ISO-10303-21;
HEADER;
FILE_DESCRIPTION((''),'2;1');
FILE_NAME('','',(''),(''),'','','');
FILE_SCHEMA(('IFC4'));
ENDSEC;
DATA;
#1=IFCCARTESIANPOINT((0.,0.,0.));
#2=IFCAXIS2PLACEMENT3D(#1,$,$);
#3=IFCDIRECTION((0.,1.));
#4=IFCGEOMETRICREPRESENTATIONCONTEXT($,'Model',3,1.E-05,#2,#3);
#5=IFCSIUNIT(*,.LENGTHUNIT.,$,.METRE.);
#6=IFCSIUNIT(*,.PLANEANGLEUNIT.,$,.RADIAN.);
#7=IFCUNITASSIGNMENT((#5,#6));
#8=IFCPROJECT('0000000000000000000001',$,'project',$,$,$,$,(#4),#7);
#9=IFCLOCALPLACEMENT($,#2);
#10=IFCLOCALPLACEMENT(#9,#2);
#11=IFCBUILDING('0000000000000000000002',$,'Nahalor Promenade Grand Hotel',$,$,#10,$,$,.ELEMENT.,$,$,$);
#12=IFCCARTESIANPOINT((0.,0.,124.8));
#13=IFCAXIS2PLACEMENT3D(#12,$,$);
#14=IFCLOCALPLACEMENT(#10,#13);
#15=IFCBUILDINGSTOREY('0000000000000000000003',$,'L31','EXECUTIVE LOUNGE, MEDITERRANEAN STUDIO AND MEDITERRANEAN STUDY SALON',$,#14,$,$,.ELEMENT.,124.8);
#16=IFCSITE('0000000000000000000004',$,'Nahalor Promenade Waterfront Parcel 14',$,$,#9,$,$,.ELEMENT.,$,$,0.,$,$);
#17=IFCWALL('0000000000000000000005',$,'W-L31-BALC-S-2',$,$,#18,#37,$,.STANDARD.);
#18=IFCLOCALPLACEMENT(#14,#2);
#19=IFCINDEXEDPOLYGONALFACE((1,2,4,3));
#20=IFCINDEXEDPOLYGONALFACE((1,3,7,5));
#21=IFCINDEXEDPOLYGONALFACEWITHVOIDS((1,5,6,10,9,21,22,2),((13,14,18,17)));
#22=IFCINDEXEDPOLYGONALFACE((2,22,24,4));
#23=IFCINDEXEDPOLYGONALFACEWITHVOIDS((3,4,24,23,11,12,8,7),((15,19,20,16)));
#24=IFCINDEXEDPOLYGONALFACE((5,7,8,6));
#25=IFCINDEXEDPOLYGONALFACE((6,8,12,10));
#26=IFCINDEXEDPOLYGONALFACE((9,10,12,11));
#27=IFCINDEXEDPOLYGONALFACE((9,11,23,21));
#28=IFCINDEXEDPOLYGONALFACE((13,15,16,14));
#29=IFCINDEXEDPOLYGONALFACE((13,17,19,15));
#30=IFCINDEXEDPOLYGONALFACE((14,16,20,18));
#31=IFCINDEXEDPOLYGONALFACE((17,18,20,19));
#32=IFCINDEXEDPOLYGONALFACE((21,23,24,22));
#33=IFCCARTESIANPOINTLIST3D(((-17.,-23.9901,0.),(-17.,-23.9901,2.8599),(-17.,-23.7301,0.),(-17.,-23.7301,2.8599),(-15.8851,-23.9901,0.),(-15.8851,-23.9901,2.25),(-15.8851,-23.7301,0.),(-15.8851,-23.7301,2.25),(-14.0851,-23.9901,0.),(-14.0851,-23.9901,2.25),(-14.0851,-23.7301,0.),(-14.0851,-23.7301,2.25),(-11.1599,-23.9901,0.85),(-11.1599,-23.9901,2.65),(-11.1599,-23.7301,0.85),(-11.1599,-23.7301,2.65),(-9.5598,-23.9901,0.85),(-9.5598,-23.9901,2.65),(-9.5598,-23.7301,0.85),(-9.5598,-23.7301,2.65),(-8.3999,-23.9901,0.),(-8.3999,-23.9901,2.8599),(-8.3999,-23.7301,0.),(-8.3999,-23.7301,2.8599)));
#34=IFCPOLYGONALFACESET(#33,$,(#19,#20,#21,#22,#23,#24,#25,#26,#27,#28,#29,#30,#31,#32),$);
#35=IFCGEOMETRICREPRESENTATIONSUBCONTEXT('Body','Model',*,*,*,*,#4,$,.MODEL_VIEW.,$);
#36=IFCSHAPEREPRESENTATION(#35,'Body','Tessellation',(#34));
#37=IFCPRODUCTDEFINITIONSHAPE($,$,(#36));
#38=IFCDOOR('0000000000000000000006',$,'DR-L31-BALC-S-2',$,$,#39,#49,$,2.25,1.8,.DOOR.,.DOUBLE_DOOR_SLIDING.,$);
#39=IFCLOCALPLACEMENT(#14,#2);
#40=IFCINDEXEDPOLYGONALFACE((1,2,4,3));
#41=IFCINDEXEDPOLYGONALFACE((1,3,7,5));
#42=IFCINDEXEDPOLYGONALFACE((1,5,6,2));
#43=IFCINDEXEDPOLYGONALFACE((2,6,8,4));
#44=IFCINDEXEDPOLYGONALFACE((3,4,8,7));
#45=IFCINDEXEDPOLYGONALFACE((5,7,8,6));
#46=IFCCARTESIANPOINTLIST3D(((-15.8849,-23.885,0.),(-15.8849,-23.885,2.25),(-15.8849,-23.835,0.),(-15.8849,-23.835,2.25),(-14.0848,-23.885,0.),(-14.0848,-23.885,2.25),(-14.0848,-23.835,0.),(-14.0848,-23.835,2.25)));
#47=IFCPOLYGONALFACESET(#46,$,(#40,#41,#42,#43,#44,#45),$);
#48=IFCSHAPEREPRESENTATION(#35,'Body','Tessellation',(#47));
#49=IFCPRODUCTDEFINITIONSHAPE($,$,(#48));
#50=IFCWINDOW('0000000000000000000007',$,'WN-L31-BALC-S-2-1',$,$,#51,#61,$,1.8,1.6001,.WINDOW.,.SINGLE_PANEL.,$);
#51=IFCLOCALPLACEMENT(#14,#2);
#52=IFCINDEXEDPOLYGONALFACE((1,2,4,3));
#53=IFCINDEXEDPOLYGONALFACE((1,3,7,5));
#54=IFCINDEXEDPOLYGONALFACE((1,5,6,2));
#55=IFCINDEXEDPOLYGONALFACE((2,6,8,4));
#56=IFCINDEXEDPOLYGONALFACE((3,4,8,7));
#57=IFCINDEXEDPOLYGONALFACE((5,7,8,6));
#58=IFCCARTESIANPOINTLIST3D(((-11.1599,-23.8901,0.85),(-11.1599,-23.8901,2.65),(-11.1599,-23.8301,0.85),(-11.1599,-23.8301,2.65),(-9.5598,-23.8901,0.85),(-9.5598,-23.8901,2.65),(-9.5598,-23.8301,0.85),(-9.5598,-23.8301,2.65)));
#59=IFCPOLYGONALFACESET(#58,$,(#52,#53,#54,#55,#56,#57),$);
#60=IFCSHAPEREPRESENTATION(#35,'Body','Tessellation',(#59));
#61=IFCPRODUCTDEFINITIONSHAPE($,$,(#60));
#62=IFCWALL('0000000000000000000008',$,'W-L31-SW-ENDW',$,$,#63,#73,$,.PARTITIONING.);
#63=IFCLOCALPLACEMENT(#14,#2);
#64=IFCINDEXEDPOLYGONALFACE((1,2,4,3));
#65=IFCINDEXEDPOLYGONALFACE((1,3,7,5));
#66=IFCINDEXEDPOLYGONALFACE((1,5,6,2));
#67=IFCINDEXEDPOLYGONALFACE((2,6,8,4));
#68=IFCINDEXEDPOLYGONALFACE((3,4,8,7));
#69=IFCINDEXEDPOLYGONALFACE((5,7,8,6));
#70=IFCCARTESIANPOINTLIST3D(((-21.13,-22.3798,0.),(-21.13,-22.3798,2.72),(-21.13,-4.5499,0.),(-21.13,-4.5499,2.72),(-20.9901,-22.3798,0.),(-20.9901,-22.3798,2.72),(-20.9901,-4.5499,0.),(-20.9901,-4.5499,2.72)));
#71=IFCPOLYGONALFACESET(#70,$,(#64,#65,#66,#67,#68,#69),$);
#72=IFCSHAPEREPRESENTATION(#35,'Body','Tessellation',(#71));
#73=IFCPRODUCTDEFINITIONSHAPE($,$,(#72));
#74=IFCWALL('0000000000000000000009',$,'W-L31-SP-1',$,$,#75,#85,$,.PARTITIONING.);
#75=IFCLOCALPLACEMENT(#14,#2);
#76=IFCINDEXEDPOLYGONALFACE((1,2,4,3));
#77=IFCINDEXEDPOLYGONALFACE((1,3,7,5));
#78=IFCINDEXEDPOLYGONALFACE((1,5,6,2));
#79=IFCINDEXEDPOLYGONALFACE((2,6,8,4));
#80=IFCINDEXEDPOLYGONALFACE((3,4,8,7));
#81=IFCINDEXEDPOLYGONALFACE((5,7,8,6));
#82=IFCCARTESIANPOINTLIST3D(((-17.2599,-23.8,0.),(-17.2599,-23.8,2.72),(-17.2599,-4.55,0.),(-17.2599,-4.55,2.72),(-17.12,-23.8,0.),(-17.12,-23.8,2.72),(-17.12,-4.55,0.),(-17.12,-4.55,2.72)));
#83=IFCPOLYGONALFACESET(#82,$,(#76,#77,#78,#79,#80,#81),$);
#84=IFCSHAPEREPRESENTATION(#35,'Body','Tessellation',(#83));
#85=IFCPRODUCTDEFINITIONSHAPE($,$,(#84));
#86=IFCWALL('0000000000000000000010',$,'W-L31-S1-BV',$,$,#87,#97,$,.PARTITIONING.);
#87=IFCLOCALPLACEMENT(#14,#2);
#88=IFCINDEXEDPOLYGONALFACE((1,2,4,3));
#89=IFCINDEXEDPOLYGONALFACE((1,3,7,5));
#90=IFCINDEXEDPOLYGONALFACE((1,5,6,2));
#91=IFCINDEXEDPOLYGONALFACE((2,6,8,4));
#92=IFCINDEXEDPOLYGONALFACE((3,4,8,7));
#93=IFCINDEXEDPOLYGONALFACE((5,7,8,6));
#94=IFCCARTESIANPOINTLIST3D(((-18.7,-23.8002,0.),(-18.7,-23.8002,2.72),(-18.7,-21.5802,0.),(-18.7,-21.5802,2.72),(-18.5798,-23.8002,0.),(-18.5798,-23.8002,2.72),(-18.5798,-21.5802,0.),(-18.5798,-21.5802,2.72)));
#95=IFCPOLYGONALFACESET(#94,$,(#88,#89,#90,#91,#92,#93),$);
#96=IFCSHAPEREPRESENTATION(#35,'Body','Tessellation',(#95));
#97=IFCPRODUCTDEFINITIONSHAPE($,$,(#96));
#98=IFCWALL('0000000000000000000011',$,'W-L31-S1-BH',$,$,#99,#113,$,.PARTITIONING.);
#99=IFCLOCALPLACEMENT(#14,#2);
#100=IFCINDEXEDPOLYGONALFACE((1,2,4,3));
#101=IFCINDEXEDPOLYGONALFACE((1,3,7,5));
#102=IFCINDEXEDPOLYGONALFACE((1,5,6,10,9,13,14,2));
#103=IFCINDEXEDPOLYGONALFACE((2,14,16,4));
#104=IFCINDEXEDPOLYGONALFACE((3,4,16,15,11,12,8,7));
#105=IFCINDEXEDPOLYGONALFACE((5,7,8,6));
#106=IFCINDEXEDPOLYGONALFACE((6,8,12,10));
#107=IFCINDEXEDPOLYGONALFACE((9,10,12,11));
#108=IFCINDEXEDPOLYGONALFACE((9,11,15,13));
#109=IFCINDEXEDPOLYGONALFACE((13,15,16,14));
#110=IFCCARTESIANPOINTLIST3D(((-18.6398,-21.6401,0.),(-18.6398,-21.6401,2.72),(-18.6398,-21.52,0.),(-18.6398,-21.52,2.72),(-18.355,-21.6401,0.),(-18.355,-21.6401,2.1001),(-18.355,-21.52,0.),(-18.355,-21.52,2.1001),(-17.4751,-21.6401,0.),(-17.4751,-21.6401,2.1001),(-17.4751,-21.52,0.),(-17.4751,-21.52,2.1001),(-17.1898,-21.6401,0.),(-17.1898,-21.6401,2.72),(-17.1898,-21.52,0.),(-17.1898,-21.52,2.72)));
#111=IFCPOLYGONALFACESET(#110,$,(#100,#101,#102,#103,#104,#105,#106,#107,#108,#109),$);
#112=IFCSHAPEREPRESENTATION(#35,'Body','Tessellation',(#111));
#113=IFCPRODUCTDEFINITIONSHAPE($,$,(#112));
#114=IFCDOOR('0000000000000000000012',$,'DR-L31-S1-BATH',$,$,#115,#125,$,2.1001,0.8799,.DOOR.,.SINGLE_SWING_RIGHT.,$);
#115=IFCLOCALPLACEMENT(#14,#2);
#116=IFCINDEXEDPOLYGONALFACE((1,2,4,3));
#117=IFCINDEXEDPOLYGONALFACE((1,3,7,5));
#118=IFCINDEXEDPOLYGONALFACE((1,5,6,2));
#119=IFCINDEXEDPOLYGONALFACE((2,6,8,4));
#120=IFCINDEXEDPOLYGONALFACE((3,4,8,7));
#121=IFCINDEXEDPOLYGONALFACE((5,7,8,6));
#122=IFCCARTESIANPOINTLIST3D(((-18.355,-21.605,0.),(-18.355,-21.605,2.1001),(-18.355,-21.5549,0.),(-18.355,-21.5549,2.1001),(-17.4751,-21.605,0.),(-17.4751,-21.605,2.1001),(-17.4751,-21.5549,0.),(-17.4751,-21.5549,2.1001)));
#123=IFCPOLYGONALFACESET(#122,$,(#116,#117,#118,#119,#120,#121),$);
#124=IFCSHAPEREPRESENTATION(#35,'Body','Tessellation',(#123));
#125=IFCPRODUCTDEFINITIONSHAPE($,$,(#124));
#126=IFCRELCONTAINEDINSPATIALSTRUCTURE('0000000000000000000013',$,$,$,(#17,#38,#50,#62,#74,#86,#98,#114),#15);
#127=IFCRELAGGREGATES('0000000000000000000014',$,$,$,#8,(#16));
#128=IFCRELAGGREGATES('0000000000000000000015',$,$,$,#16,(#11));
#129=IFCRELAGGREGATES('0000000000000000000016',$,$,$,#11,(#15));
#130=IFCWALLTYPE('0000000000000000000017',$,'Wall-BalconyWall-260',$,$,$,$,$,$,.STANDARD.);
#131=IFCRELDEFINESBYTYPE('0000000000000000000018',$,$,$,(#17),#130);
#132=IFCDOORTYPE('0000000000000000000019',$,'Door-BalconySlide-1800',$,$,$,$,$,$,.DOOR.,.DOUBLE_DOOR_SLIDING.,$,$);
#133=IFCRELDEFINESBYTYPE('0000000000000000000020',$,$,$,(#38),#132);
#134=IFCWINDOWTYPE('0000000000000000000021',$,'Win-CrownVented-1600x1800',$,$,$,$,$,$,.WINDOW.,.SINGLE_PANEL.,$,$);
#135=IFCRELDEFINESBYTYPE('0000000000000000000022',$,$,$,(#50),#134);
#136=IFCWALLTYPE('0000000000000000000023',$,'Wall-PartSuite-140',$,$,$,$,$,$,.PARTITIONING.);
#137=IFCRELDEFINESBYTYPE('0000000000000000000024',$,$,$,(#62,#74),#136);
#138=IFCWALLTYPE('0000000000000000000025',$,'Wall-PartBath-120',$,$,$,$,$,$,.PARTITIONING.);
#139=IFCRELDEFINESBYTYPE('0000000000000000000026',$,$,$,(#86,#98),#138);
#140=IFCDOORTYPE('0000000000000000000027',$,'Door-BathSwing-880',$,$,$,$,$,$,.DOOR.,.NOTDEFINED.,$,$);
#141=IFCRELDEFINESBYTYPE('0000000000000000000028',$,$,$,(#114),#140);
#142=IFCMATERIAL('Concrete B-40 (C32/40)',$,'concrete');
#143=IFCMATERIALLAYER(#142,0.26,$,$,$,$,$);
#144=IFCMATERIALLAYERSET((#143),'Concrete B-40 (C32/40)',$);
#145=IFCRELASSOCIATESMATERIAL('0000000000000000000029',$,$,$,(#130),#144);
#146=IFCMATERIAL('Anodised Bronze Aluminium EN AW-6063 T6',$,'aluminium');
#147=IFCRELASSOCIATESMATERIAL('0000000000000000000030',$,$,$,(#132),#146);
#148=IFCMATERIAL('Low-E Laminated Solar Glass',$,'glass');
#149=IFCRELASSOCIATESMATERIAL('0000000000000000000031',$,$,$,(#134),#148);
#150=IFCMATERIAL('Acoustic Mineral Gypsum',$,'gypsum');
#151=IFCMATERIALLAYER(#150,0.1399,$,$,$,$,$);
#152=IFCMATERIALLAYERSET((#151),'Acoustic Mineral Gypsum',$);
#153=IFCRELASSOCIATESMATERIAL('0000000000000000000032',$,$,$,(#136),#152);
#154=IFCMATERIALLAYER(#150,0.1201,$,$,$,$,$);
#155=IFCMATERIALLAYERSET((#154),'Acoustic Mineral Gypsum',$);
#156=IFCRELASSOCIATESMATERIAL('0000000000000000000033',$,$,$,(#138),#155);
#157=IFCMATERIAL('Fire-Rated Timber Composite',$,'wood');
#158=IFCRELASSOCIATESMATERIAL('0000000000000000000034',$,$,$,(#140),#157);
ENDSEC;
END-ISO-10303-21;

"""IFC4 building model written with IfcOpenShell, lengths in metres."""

from ifc_helpers import new_model, si_unit, direction, frame, frame_2d, origin, place, context, subcontext, project, spatial, rectangle, extrude, source, transform, mapped, material, layer, layer_set, type_object, element, fill, save


model = new_model("IFC4")

# Units and contexts
model_context = context("Model", 3, precision=1e-05, world=origin(), true_north=direction((0.0, 1.0)))
body_context = subcontext(model_context, "Body", "Model", "MODEL_VIEW")
ifc_project = project(units=[si_unit("LENGTHUNIT", "METRE"), si_unit("PLANEANGLEUNIT", "RADIAN")], contexts=[model_context])

# Site, building, storey
site_placement = place(None, origin())
site = spatial("IfcSite", under=ifc_project, at=site_placement, Name="Nahalor Promenade Waterfront Parcel 14", CompositionType="ELEMENT", RefElevation=0.0)
building_placement = place(site_placement, origin())
building = spatial("IfcBuilding", under=site, at=building_placement, Name="Nahalor Promenade Grand Hotel", CompositionType="ELEMENT")
storey_placement = place(building_placement, frame((0.0, 0.0, 124.8)))
storey = spatial("IfcBuildingStorey", under=building, at=storey_placement, Name="L31", Description="EXECUTIVE LOUNGE, MEDITERRANEAN STUDIO AND MEDITERRANEAN STUDY SALON", CompositionType="ELEMENT", Elevation=124.8)

# Shared definitions
ifc_material_1 = material(Name="Anodised Bronze Aluminium EN AW-6063 T6", Category="aluminium")

# Shared definitions
ifc_material_2 = material(Name="Low-E Laminated Solar Glass", Category="glass")

# Shared definitions
ifc_material_3 = material(Name="Concrete B-40 (C32/40)", Category="concrete")

# Wall, openings, door, window
ifc_layer_1 = layer(ifc_material_3, 0.26)
ifc_layer_set_1 = layer_set([ifc_layer_1], Name="Concrete B-40 (C32/40)")
wall_type_1 = type_object("IfcWallType", Name="Wall-BalconyWall-260", PredefinedType="STANDARD", material=ifc_layer_set_1)
shared_shape_1 = source(origin(), body_context, "Body", "SweptSolid", [
    extrude(rectangle(XDim=8.6001, YDim=0.26, at=frame_2d((4.3, 0.0))), origin(), (0.0, 0.0, 1.0), 2.8599),
])
wall_1_placement = place(storey_placement, frame((-17.0, -23.8601, 0.0), z_axis=(0.0, 0.0, 1.0), x_axis=(1.0, 0.0, 0.0)))
wall_1 = element("IfcWall", 1, at=wall_1_placement, inside=storey, type_object=wall_type_1, Name="W-L31-BALC-S-2", PredefinedType="STANDARD", context=body_context, shape_type="MappedRepresentation", body=[
    mapped(shared_shape_1, transform((0.0, 0.0, 0.0), scale=1.0)),
])
opening_1_placement = place(wall_1_placement, frame((1.115, 0.0, 0.0)))
opening_1 = element("IfcOpeningElement", 2, at=opening_1_placement, cuts=wall_1, PredefinedType="OPENING", context=body_context, shape_type="SweptSolid", body=[
    extrude(rectangle(XDim=1.8, YDim=2.25, at=frame_2d((0.8999, 1.125))), frame((0.0, 0.1399, 0.0), z_axis=(0.0, -1.0, 0.0), x_axis=(1.0, 0.0, 0.0)), (0.0, 0.0, 1.0), 0.28),
])
opening_2_placement = place(wall_1_placement, frame((5.8401, 0.0, 0.8501)))
opening_2 = element("IfcOpeningElement", 3, at=opening_2_placement, cuts=wall_1, PredefinedType="OPENING", context=body_context, shape_type="SweptSolid", body=[
    extrude(rectangle(XDim=1.6001, YDim=1.8, at=frame_2d((0.8, 0.8999))), frame((0.0, 0.1399, 0.0), z_axis=(0.0, -1.0, 0.0), x_axis=(1.0, 0.0, 0.0)), (0.0, 0.0, 1.0), 0.28),
])
door_type_1 = type_object("IfcDoorType", Name="Door-BalconySlide-1800", OperationType="DOUBLE_DOOR_SLIDING", PredefinedType="DOOR", material=ifc_material_1)
shared_shape_2 = source(origin(), body_context, "Body", "SweptSolid", [
    extrude(rectangle(XDim=1.8, YDim=2.25, at=frame_2d((0.8999, 1.125))), frame((0.0, 0.0249, 0.0), z_axis=(0.0, -1.0, 0.0), x_axis=(1.0, 0.0, 0.0)), (0.0, 0.0, 1.0), 0.05),
])
door_1_placement = place(opening_1_placement, frame((1.8, 0.0, 0.0), z_axis=(0.0, 0.0, 1.0), x_axis=(-1.0, 0.0, 0.0)))
door_1 = element("IfcDoor", 4, at=door_1_placement, inside=storey, type_object=door_type_1, Name="DR-L31-BALC-S-2", OperationType="DOUBLE_DOOR_SLIDING", OverallHeight=2.25, OverallWidth=1.8, PredefinedType="DOOR", context=body_context, shape_type="MappedRepresentation", body=[
    mapped(shared_shape_2, transform((0.0, 0.0, 0.0), scale=1.0)),
])
fill(opening_1, door_1)
window_type = type_object("IfcWindowType", Name="Win-CrownVented-1600x1800", PartitioningType="SINGLE_PANEL", PredefinedType="WINDOW", material=ifc_material_2)
shared_shape_3 = source(origin(), body_context, "Body", "SweptSolid", [
    extrude(rectangle(XDim=1.6001, YDim=1.8, at=frame_2d((0.8, 0.8999))), frame((0.0, 0.03, 0.0), z_axis=(0.0, -1.0, 0.0), x_axis=(1.0, 0.0, 0.0)), (0.0, 0.0, 1.0), 0.0601),
])
window_placement = place(opening_2_placement, origin())
window = element("IfcWindow", 5, at=window_placement, inside=storey, type_object=window_type, Name="WN-L31-BALC-S-2-1", OverallHeight=1.8, OverallWidth=1.6001, PartitioningType="SINGLE_PANEL", PredefinedType="WINDOW", context=body_context, shape_type="MappedRepresentation", body=[
    mapped(shared_shape_3, transform((0.0, 0.0, 0.0), scale=1.0)),
])
fill(opening_2, window)

# Walls
ifc_material_4 = material(Name="Acoustic Mineral Gypsum", Category="gypsum")
ifc_layer_2 = layer(ifc_material_4, 0.1399)
ifc_layer_set_2 = layer_set([ifc_layer_2], Name="Acoustic Mineral Gypsum")
wall_type_2 = type_object("IfcWallType", Name="Wall-PartSuite-140", PredefinedType="PARTITIONING", material=ifc_layer_set_2)
shared_shape_4 = source(origin(), body_context, "Body", "SweptSolid", [
    extrude(rectangle(XDim=17.8298, YDim=0.1399, at=frame_2d((8.915, 0.0))), origin(), (0.0, 0.0, 1.0), 2.72),
])
wall_2_placement = place(storey_placement, frame((-21.0601, -22.3799, 0.0), z_axis=(0.0, 0.0, 1.0), x_axis=(0.0, 1.0, 0.0)))
element("IfcWall", 6, at=wall_2_placement, inside=storey, type_object=wall_type_2, Name="W-L31-SW-ENDW", PredefinedType="PARTITIONING", context=body_context, shape_type="MappedRepresentation", body=[
    mapped(shared_shape_4, transform((0.0, 0.0, 0.0), scale=1.0)),
])
shared_shape_5 = source(origin(), body_context, "Body", "SweptSolid", [
    extrude(rectangle(XDim=19.25, YDim=0.1399, at=frame_2d((9.625, 0.0))), origin(), (0.0, 0.0, 1.0), 2.72),
])
wall_3_placement = place(storey_placement, frame((-17.1899, -23.8, 0.0), z_axis=(0.0, 0.0, 1.0), x_axis=(0.0, 1.0, 0.0)))
element("IfcWall", 7, at=wall_3_placement, inside=storey, type_object=wall_type_2, Name="W-L31-SP-1", PredefinedType="PARTITIONING", context=body_context, shape_type="MappedRepresentation", body=[
    mapped(shared_shape_5, transform((0.0, 0.0, 0.0), scale=1.0)),
])
ifc_layer_3 = layer(ifc_material_4, 0.1201)
ifc_layer_set_3 = layer_set([ifc_layer_3], Name="Acoustic Mineral Gypsum")
wall_type_3 = type_object("IfcWallType", Name="Wall-PartBath-120", PredefinedType="PARTITIONING", material=ifc_layer_set_3)
shared_shape_6 = source(origin(), body_context, "Body", "SweptSolid", [
    extrude(rectangle(XDim=2.22, YDim=0.1201, at=frame_2d((1.1099, 0.0))), origin(), (0.0, 0.0, 1.0), 2.72),
])
wall_4_placement = place(storey_placement, frame((-18.6399, -23.8, 0.0), z_axis=(0.0, 0.0, 1.0), x_axis=(0.0, 1.0, 0.0)))
element("IfcWall", 8, at=wall_4_placement, inside=storey, type_object=wall_type_3, Name="W-L31-S1-BV", PredefinedType="PARTITIONING", context=body_context, shape_type="MappedRepresentation", body=[
    mapped(shared_shape_6, transform((0.0, 0.0, 0.0), scale=1.0)),
])

# Wall, opening, door
shared_shape_7 = source(origin(), body_context, "Body", "SweptSolid", [
    extrude(rectangle(XDim=1.45, YDim=0.1201, at=frame_2d((0.7251, 0.0))), origin(), (0.0, 0.0, 1.0), 2.72),
])
wall_5_placement = place(storey_placement, frame((-18.6399, -21.5801, 0.0), z_axis=(0.0, 0.0, 1.0), x_axis=(1.0, 0.0, 0.0)))
wall_5 = element("IfcWall", 9, at=wall_5_placement, inside=storey, type_object=wall_type_3, Name="W-L31-S1-BH", PredefinedType="PARTITIONING", context=body_context, shape_type="MappedRepresentation", body=[
    mapped(shared_shape_7, transform((0.0, 0.0, 0.0), scale=1.0)),
])
opening_3_placement = place(wall_5_placement, frame((0.2849, 0.0, 0.0)))
opening_3 = element("IfcOpeningElement", 10, at=opening_3_placement, cuts=wall_5, PredefinedType="OPENING", context=body_context, shape_type="SweptSolid", body=[
    extrude(rectangle(XDim=0.8799, YDim=2.1001, at=frame_2d((0.4399, 1.05))), frame((0.0, 0.0701, 0.0), z_axis=(0.0, -1.0, 0.0), x_axis=(1.0, 0.0, 0.0)), (0.0, 0.0, 1.0), 0.1401),
])
ifc_material_5 = material(Name="Fire-Rated Timber Composite", Category="wood")
door_type_2 = type_object("IfcDoorType", Name="Door-BathSwing-880", OperationType="NOTDEFINED", PredefinedType="DOOR", material=ifc_material_5)
shared_shape_8 = source(origin(), body_context, "Body", "SweptSolid", [
    extrude(rectangle(XDim=0.8799, YDim=2.1001, at=frame_2d((0.4399, 1.05))), frame((0.0, 0.0249, 0.0), z_axis=(0.0, -1.0, 0.0), x_axis=(1.0, 0.0, 0.0)), (0.0, 0.0, 1.0), 0.05),
])
door_2_placement = place(opening_3_placement, frame((0.8799, 0.0, 0.0), z_axis=(0.0, 0.0, 1.0), x_axis=(-1.0, 0.0, 0.0)))
door_2 = element("IfcDoor", 11, at=door_2_placement, inside=storey, type_object=door_type_2, Name="DR-L31-S1-BATH", OperationType="SINGLE_SWING_RIGHT", OverallHeight=2.1001, OverallWidth=0.8799, PredefinedType="DOOR", context=body_context, shape_type="MappedRepresentation", body=[
    mapped(shared_shape_8, transform((0.0, 0.0, 0.0), scale=1.0)),
])
fill(opening_3, door_2)

save(model, "model.ifc")
